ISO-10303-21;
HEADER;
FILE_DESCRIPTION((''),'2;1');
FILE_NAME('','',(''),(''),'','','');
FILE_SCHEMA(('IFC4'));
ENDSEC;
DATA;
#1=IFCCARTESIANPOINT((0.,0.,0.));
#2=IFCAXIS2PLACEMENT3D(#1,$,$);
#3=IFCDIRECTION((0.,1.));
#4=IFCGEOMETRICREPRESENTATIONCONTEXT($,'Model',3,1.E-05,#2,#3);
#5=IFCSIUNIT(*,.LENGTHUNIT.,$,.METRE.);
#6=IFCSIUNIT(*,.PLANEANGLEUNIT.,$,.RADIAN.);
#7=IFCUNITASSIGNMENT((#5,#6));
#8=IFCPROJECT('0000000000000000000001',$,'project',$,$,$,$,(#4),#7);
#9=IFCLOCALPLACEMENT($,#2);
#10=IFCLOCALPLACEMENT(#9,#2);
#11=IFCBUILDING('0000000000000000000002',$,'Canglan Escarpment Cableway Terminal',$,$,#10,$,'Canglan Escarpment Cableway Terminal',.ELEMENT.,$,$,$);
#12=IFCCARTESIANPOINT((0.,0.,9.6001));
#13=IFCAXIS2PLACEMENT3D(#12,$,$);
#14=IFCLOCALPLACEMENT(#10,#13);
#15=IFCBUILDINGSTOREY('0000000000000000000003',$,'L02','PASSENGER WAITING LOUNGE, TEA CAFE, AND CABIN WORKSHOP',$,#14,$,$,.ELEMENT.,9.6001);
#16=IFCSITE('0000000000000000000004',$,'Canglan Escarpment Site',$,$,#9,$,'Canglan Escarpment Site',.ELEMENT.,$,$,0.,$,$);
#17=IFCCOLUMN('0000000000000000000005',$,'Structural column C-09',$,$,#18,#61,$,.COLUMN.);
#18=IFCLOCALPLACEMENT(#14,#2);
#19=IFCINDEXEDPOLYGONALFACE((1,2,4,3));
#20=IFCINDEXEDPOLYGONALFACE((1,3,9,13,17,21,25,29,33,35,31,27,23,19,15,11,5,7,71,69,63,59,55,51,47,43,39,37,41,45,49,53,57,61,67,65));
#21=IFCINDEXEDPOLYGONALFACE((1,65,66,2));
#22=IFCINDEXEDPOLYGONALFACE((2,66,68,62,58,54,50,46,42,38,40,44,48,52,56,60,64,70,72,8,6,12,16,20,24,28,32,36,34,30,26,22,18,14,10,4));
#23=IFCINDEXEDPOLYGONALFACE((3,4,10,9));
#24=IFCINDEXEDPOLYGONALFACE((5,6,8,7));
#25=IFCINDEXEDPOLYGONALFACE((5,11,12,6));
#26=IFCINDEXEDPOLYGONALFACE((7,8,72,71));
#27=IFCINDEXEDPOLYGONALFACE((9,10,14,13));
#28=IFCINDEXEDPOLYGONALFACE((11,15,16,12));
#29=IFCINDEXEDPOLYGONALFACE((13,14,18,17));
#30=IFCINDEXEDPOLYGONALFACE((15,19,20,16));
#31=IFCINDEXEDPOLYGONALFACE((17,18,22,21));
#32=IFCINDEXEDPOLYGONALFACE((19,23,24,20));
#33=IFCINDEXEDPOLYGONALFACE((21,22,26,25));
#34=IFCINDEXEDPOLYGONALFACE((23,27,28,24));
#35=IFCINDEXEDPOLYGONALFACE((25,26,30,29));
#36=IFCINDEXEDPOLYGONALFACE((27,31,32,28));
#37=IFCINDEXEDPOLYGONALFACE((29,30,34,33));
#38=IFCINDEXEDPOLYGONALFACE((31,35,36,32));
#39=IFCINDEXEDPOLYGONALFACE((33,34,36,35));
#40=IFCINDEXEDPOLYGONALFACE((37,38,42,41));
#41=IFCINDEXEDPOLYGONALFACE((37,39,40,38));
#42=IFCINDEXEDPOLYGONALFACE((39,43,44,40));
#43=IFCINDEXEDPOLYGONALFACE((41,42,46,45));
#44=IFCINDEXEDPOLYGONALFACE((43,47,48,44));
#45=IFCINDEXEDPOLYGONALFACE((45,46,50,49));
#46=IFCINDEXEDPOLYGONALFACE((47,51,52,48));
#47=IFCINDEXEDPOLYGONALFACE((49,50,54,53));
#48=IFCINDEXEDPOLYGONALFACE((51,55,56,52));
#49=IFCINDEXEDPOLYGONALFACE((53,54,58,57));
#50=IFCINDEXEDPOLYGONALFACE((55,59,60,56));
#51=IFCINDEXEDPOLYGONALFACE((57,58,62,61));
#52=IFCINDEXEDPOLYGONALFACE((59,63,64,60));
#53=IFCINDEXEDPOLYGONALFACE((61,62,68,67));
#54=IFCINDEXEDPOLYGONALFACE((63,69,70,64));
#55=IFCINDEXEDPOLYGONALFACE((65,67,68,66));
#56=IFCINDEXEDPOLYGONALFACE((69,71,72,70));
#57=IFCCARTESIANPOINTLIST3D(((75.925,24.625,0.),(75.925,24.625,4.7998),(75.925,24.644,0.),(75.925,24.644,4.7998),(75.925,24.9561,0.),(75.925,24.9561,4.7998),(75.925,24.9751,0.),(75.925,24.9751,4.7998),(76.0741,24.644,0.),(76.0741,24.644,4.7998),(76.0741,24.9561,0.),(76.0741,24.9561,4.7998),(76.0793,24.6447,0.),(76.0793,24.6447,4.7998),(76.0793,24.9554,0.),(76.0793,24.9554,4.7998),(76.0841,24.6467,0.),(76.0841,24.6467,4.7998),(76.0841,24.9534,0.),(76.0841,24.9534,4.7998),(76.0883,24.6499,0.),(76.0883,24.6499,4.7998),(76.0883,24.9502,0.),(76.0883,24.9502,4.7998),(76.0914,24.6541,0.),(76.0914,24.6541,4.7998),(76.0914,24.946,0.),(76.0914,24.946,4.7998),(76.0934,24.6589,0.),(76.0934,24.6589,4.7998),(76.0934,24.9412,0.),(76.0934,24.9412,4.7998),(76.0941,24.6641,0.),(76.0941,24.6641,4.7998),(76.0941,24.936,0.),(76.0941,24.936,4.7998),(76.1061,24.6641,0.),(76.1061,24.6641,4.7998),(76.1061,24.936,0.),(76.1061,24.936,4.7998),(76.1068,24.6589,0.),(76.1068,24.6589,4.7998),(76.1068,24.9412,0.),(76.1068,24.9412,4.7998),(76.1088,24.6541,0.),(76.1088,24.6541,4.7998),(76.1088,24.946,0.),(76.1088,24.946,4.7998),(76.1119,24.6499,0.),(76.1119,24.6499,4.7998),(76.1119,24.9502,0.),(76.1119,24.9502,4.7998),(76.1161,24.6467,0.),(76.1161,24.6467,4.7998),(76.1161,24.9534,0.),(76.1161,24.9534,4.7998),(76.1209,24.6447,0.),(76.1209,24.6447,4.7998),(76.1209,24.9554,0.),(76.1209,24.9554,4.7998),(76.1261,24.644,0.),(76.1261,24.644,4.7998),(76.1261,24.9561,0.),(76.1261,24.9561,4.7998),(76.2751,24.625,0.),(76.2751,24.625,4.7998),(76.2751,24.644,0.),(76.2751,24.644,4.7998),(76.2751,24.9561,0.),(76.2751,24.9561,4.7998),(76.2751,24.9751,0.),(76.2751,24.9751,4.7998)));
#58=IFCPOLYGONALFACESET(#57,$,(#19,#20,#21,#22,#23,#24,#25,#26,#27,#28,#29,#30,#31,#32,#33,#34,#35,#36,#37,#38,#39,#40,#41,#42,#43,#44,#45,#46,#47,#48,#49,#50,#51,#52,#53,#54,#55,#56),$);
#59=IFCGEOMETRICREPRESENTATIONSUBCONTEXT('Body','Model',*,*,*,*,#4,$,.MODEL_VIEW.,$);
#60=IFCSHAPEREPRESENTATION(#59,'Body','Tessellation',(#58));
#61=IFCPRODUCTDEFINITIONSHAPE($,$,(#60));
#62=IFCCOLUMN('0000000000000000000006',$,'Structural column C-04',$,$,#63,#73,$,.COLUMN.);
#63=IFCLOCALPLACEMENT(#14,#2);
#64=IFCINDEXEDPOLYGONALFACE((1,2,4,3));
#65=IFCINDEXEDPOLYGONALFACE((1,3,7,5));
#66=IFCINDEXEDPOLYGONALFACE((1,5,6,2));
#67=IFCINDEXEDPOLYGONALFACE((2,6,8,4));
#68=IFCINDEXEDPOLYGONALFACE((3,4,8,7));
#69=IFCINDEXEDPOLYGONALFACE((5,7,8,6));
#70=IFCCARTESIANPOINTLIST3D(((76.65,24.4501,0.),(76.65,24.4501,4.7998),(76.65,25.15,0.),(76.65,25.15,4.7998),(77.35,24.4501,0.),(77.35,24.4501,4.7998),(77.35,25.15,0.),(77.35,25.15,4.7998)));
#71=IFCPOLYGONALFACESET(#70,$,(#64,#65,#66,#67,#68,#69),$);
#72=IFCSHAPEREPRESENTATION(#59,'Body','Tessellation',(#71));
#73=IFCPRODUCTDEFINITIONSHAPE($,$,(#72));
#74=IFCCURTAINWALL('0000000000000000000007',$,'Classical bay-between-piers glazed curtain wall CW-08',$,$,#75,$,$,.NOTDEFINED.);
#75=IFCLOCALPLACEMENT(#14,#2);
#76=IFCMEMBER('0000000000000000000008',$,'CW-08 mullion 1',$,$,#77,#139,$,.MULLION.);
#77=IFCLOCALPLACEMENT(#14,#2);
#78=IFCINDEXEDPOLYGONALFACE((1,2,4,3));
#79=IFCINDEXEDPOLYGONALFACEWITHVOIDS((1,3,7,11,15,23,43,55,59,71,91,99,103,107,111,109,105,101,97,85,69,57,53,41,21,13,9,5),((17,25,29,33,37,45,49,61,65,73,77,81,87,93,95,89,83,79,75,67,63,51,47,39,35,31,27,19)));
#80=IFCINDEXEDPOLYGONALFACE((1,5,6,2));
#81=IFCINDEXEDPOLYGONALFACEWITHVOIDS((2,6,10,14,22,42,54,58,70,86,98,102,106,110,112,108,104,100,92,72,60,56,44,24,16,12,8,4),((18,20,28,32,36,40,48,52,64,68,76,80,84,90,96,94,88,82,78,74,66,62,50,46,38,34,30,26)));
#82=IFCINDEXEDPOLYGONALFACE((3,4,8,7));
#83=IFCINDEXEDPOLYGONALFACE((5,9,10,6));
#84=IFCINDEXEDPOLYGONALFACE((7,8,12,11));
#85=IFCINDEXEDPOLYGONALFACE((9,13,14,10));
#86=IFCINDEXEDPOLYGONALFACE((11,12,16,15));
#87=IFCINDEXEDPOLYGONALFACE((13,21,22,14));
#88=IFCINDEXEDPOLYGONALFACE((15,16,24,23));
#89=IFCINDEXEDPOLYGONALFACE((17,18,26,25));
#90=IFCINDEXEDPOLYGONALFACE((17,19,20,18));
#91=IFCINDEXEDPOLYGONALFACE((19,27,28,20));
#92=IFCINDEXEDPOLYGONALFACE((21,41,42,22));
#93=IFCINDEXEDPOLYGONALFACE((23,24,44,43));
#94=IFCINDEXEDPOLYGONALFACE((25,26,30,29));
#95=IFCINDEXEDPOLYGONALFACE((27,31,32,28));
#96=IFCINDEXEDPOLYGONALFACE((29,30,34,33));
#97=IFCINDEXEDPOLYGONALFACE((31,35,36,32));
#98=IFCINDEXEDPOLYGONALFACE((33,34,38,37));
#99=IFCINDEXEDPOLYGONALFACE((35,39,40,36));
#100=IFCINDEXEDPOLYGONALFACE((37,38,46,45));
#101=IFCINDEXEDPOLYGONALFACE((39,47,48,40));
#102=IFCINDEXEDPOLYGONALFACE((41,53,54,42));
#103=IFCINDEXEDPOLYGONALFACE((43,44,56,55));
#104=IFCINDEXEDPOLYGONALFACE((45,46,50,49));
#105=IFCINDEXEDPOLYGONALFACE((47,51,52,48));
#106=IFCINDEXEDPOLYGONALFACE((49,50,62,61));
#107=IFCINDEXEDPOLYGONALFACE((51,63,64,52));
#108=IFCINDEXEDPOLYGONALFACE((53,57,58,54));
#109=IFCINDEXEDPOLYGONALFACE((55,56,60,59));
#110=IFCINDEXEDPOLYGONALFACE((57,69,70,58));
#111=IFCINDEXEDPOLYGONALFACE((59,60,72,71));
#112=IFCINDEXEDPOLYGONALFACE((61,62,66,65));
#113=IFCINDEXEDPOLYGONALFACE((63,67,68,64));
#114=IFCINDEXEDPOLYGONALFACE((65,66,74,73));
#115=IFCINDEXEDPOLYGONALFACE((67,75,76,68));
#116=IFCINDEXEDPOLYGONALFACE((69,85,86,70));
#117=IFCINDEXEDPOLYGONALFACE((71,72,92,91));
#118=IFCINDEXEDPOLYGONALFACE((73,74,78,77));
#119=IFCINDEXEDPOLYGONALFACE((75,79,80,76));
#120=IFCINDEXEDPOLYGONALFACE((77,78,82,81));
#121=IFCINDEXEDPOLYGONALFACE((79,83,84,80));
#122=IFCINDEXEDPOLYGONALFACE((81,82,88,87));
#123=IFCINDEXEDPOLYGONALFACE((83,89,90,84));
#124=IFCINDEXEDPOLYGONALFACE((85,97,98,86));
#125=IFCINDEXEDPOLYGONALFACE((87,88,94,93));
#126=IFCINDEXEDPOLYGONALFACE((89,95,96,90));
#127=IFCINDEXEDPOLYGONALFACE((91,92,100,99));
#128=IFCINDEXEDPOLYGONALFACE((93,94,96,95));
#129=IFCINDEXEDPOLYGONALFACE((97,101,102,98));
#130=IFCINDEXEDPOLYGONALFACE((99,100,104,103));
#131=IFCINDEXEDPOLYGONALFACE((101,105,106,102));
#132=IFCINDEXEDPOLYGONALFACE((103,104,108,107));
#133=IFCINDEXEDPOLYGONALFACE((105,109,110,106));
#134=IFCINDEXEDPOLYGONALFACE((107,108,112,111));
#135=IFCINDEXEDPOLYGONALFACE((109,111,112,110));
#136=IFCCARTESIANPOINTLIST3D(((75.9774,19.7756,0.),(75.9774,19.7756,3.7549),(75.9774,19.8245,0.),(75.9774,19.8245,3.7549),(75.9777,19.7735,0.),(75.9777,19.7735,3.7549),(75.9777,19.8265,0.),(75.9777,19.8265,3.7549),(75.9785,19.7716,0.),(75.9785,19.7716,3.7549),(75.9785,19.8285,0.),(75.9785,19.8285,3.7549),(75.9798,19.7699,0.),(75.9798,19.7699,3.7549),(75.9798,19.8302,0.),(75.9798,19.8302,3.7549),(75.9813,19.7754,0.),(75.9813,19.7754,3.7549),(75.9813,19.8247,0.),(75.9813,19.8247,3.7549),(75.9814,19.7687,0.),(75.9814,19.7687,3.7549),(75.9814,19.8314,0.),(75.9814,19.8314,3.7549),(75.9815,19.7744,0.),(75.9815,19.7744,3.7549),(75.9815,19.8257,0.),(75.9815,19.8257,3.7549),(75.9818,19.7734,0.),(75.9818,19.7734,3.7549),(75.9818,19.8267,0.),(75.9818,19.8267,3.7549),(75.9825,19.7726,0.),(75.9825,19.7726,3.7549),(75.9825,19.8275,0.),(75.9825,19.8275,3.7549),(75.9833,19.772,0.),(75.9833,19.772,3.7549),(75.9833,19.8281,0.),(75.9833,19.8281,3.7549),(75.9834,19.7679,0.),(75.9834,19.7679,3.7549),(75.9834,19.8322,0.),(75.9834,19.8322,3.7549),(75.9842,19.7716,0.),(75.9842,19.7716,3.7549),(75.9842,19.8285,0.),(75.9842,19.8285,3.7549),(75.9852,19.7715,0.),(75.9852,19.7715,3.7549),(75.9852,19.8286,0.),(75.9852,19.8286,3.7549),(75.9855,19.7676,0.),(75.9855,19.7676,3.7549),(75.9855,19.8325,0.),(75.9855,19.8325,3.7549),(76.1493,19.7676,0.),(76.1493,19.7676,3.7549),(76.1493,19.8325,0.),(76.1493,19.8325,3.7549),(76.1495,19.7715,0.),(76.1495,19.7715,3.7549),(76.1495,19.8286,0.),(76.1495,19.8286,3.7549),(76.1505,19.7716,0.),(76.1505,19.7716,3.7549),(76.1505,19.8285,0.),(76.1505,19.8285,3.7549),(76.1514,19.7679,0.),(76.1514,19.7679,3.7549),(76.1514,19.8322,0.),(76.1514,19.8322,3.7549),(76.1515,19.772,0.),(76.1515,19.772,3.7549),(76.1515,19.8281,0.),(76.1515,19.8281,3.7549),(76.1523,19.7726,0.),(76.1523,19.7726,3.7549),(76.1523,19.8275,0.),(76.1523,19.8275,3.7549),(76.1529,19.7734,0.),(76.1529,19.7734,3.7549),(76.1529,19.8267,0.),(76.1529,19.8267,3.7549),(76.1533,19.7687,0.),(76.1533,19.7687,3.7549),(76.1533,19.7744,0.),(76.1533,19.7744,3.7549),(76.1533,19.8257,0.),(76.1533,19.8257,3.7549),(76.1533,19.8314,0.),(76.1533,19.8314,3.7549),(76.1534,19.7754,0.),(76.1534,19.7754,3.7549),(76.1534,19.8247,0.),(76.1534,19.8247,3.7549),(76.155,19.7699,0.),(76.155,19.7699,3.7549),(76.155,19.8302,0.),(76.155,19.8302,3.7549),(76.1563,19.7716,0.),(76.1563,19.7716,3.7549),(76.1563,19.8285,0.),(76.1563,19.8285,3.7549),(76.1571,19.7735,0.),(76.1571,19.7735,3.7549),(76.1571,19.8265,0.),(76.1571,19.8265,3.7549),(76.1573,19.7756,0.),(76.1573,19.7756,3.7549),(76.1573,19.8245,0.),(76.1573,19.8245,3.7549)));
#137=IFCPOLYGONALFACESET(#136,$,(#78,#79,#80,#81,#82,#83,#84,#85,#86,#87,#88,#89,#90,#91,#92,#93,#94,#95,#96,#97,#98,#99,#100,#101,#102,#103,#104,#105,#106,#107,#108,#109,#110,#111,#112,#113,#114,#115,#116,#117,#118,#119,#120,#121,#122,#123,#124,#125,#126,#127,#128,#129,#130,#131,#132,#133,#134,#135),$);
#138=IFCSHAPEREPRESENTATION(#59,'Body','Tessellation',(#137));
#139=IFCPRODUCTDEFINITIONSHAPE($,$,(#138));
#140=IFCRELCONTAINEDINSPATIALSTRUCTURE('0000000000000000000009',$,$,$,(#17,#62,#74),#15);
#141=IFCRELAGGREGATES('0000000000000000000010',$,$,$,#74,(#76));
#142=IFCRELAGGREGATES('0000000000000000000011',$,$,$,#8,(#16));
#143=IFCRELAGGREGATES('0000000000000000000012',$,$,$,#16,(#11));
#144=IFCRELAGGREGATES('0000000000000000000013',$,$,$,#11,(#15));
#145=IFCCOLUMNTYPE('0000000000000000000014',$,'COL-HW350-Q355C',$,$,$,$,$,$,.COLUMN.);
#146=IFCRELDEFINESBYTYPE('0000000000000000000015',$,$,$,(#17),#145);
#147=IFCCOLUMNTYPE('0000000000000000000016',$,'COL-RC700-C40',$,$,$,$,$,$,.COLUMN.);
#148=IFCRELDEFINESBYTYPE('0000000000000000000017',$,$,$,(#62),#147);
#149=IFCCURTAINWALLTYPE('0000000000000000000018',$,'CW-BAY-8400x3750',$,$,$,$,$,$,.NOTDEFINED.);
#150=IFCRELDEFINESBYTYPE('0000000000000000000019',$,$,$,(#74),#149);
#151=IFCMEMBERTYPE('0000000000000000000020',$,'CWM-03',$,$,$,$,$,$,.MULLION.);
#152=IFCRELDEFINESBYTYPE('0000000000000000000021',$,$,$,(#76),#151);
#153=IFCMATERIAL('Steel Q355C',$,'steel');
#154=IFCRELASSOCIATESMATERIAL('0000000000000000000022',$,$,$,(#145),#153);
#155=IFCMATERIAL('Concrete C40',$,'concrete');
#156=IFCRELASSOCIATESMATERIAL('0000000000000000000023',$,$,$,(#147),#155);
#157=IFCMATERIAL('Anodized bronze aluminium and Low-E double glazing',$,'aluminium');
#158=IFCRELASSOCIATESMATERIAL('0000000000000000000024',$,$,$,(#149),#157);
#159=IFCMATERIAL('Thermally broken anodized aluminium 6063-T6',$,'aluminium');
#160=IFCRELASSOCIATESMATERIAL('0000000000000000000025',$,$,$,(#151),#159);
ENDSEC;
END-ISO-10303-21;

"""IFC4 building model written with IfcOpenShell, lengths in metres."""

from ifc_helpers import new_model, si_unit, direction, frame, origin, origin_2d, place, context, subcontext, project, spatial, rectangle, hollow_rectangle, i_section, extrude, material, material_profile, profile_set, type_object, element, aggregate, save


model = new_model("IFC4")

# Units and contexts
model_context = context("Model", 3, precision=1e-05, world=origin(), true_north=direction((0.0, 1.0)))
body_context = subcontext(model_context, "Body", "Model", "MODEL_VIEW")
ifc_project = project(units=[si_unit("LENGTHUNIT", "METRE"), si_unit("PLANEANGLEUNIT", "RADIAN")], contexts=[model_context])

# Site, building, storey
site_placement = place(None, origin())
site = spatial("IfcSite", under=ifc_project, at=site_placement, Name="Canglan Escarpment Site", LongName="Canglan Escarpment Site", CompositionType="ELEMENT", RefElevation=0.0)
building_placement = place(site_placement, origin())
building = spatial("IfcBuilding", under=site, at=building_placement, Name="Canglan Escarpment Cableway Terminal", LongName="Canglan Escarpment Cableway Terminal", CompositionType="ELEMENT")
storey_placement = place(building_placement, frame((0.0, 0.0, 9.6001)))
storey = spatial("IfcBuildingStorey", under=building, at=storey_placement, Name="L02", Description="PASSENGER WAITING LOUNGE, TEA CAFE, AND CABIN WORKSHOP", CompositionType="ELEMENT", Elevation=9.6001)

# Columns
ifc_material_1 = material(Name="Steel Q355C", Category="steel")
ifc_material_profile_1 = material_profile(ifc_material_1, i_section(OverallWidth=0.3501, OverallDepth=0.3501, WebThickness=0.012, FlangeThickness=0.019, FilletRadius=0.02, at=origin_2d()), Name="HW 350x350x12x19")
ifc_profile_set_1 = profile_set([ifc_material_profile_1], Name="Steel Q355C")
column_type_1 = type_object("IfcColumnType", Name="COL-HW350-Q355C", PredefinedType="COLUMN", material=ifc_profile_set_1)
column_1_placement = place(storey_placement, frame((76.1001, 24.8, 0.0), z_axis=(0.0, 0.0, 1.0), x_axis=(1.0, 0.0, 0.0)))
element("IfcColumn", 1, at=column_1_placement, inside=storey, type_object=column_type_1, Name="Structural column C-09", PredefinedType="COLUMN", context=body_context, shape_type="SweptSolid", body=[
    extrude(i_section(OverallWidth=0.3501, OverallDepth=0.3501, WebThickness=0.012, FlangeThickness=0.019, FilletRadius=0.02, at=origin_2d()), origin(), (0.0, 0.0, 1.0), 4.7998),
])
ifc_material_2 = material(Name="Concrete C40", Category="concrete")
ifc_material_profile_2 = material_profile(ifc_material_2, rectangle(XDim=0.7, YDim=0.7, at=origin_2d()), Name="RC 700x700")
ifc_profile_set_2 = profile_set([ifc_material_profile_2], Name="Concrete C40")
column_type_2 = type_object("IfcColumnType", Name="COL-RC700-C40", PredefinedType="COLUMN", material=ifc_profile_set_2)
column_2_placement = place(storey_placement, frame((77.0, 24.8, 0.0), z_axis=(0.0, 0.0, 1.0), x_axis=(1.0, 0.0, 0.0)))
element("IfcColumn", 2, at=column_2_placement, inside=storey, type_object=column_type_2, Name="Structural column C-04", PredefinedType="COLUMN", context=body_context, shape_type="SweptSolid", body=[
    extrude(rectangle(XDim=0.7, YDim=0.7, at=origin_2d()), origin(), (0.0, 0.0, 1.0), 4.7998),
])

# Curtain wall, member
ifc_material_3 = material(Name="Anodized bronze aluminium and Low-E double glazing", Category="aluminium")
curtain_wall_type = type_object("IfcCurtainWallType", Name="CW-BAY-8400x3750", PredefinedType="NOTDEFINED", material=ifc_material_3)
curtain_wall_placement = place(storey_placement, origin())
curtain_wall = element("IfcCurtainWall", 3, at=curtain_wall_placement, inside=storey, type_object=curtain_wall_type, Name="Classical bay-between-piers glazed curtain wall CW-08", PredefinedType="NOTDEFINED")
ifc_material_4 = material(Name="Thermally broken anodized aluminium 6063-T6", Category="aluminium")
ifc_material_profile_3 = material_profile(ifc_material_4, hollow_rectangle(XDim=0.0649, YDim=0.1799, WallThickness=0.0039, InnerFilletRadius=0.0039, OuterFilletRadius=0.0081, at=origin_2d()), Name="ALU-MULL 65x180x4")
ifc_profile_set_3 = profile_set([ifc_material_profile_3], Name="Thermally broken anodized aluminium 6063-T6")
member_type_1 = type_object("IfcMemberType", Name="CWM-03", PredefinedType="MULLION", material=ifc_profile_set_3)
member_1_placement = place(storey_placement, frame((76.0674, 19.8, 0.0), z_axis=(0.0, 0.0, 1.0), x_axis=(0.0, -1.0, 0.0)))
member_1 = element("IfcMember", 4, at=member_1_placement, type_object=member_type_1, Name="CW-08 mullion 1", PredefinedType="MULLION", context=body_context, shape_type="SweptSolid", body=[
    extrude(hollow_rectangle(XDim=0.0649, YDim=0.1799, WallThickness=0.0039, InnerFilletRadius=0.0039, OuterFilletRadius=0.0081, at=origin_2d()), origin(), (0.0, 0.0, 1.0), 3.7549),
])

aggregate(curtain_wall, [member_1])

save(model, "model.ifc")
